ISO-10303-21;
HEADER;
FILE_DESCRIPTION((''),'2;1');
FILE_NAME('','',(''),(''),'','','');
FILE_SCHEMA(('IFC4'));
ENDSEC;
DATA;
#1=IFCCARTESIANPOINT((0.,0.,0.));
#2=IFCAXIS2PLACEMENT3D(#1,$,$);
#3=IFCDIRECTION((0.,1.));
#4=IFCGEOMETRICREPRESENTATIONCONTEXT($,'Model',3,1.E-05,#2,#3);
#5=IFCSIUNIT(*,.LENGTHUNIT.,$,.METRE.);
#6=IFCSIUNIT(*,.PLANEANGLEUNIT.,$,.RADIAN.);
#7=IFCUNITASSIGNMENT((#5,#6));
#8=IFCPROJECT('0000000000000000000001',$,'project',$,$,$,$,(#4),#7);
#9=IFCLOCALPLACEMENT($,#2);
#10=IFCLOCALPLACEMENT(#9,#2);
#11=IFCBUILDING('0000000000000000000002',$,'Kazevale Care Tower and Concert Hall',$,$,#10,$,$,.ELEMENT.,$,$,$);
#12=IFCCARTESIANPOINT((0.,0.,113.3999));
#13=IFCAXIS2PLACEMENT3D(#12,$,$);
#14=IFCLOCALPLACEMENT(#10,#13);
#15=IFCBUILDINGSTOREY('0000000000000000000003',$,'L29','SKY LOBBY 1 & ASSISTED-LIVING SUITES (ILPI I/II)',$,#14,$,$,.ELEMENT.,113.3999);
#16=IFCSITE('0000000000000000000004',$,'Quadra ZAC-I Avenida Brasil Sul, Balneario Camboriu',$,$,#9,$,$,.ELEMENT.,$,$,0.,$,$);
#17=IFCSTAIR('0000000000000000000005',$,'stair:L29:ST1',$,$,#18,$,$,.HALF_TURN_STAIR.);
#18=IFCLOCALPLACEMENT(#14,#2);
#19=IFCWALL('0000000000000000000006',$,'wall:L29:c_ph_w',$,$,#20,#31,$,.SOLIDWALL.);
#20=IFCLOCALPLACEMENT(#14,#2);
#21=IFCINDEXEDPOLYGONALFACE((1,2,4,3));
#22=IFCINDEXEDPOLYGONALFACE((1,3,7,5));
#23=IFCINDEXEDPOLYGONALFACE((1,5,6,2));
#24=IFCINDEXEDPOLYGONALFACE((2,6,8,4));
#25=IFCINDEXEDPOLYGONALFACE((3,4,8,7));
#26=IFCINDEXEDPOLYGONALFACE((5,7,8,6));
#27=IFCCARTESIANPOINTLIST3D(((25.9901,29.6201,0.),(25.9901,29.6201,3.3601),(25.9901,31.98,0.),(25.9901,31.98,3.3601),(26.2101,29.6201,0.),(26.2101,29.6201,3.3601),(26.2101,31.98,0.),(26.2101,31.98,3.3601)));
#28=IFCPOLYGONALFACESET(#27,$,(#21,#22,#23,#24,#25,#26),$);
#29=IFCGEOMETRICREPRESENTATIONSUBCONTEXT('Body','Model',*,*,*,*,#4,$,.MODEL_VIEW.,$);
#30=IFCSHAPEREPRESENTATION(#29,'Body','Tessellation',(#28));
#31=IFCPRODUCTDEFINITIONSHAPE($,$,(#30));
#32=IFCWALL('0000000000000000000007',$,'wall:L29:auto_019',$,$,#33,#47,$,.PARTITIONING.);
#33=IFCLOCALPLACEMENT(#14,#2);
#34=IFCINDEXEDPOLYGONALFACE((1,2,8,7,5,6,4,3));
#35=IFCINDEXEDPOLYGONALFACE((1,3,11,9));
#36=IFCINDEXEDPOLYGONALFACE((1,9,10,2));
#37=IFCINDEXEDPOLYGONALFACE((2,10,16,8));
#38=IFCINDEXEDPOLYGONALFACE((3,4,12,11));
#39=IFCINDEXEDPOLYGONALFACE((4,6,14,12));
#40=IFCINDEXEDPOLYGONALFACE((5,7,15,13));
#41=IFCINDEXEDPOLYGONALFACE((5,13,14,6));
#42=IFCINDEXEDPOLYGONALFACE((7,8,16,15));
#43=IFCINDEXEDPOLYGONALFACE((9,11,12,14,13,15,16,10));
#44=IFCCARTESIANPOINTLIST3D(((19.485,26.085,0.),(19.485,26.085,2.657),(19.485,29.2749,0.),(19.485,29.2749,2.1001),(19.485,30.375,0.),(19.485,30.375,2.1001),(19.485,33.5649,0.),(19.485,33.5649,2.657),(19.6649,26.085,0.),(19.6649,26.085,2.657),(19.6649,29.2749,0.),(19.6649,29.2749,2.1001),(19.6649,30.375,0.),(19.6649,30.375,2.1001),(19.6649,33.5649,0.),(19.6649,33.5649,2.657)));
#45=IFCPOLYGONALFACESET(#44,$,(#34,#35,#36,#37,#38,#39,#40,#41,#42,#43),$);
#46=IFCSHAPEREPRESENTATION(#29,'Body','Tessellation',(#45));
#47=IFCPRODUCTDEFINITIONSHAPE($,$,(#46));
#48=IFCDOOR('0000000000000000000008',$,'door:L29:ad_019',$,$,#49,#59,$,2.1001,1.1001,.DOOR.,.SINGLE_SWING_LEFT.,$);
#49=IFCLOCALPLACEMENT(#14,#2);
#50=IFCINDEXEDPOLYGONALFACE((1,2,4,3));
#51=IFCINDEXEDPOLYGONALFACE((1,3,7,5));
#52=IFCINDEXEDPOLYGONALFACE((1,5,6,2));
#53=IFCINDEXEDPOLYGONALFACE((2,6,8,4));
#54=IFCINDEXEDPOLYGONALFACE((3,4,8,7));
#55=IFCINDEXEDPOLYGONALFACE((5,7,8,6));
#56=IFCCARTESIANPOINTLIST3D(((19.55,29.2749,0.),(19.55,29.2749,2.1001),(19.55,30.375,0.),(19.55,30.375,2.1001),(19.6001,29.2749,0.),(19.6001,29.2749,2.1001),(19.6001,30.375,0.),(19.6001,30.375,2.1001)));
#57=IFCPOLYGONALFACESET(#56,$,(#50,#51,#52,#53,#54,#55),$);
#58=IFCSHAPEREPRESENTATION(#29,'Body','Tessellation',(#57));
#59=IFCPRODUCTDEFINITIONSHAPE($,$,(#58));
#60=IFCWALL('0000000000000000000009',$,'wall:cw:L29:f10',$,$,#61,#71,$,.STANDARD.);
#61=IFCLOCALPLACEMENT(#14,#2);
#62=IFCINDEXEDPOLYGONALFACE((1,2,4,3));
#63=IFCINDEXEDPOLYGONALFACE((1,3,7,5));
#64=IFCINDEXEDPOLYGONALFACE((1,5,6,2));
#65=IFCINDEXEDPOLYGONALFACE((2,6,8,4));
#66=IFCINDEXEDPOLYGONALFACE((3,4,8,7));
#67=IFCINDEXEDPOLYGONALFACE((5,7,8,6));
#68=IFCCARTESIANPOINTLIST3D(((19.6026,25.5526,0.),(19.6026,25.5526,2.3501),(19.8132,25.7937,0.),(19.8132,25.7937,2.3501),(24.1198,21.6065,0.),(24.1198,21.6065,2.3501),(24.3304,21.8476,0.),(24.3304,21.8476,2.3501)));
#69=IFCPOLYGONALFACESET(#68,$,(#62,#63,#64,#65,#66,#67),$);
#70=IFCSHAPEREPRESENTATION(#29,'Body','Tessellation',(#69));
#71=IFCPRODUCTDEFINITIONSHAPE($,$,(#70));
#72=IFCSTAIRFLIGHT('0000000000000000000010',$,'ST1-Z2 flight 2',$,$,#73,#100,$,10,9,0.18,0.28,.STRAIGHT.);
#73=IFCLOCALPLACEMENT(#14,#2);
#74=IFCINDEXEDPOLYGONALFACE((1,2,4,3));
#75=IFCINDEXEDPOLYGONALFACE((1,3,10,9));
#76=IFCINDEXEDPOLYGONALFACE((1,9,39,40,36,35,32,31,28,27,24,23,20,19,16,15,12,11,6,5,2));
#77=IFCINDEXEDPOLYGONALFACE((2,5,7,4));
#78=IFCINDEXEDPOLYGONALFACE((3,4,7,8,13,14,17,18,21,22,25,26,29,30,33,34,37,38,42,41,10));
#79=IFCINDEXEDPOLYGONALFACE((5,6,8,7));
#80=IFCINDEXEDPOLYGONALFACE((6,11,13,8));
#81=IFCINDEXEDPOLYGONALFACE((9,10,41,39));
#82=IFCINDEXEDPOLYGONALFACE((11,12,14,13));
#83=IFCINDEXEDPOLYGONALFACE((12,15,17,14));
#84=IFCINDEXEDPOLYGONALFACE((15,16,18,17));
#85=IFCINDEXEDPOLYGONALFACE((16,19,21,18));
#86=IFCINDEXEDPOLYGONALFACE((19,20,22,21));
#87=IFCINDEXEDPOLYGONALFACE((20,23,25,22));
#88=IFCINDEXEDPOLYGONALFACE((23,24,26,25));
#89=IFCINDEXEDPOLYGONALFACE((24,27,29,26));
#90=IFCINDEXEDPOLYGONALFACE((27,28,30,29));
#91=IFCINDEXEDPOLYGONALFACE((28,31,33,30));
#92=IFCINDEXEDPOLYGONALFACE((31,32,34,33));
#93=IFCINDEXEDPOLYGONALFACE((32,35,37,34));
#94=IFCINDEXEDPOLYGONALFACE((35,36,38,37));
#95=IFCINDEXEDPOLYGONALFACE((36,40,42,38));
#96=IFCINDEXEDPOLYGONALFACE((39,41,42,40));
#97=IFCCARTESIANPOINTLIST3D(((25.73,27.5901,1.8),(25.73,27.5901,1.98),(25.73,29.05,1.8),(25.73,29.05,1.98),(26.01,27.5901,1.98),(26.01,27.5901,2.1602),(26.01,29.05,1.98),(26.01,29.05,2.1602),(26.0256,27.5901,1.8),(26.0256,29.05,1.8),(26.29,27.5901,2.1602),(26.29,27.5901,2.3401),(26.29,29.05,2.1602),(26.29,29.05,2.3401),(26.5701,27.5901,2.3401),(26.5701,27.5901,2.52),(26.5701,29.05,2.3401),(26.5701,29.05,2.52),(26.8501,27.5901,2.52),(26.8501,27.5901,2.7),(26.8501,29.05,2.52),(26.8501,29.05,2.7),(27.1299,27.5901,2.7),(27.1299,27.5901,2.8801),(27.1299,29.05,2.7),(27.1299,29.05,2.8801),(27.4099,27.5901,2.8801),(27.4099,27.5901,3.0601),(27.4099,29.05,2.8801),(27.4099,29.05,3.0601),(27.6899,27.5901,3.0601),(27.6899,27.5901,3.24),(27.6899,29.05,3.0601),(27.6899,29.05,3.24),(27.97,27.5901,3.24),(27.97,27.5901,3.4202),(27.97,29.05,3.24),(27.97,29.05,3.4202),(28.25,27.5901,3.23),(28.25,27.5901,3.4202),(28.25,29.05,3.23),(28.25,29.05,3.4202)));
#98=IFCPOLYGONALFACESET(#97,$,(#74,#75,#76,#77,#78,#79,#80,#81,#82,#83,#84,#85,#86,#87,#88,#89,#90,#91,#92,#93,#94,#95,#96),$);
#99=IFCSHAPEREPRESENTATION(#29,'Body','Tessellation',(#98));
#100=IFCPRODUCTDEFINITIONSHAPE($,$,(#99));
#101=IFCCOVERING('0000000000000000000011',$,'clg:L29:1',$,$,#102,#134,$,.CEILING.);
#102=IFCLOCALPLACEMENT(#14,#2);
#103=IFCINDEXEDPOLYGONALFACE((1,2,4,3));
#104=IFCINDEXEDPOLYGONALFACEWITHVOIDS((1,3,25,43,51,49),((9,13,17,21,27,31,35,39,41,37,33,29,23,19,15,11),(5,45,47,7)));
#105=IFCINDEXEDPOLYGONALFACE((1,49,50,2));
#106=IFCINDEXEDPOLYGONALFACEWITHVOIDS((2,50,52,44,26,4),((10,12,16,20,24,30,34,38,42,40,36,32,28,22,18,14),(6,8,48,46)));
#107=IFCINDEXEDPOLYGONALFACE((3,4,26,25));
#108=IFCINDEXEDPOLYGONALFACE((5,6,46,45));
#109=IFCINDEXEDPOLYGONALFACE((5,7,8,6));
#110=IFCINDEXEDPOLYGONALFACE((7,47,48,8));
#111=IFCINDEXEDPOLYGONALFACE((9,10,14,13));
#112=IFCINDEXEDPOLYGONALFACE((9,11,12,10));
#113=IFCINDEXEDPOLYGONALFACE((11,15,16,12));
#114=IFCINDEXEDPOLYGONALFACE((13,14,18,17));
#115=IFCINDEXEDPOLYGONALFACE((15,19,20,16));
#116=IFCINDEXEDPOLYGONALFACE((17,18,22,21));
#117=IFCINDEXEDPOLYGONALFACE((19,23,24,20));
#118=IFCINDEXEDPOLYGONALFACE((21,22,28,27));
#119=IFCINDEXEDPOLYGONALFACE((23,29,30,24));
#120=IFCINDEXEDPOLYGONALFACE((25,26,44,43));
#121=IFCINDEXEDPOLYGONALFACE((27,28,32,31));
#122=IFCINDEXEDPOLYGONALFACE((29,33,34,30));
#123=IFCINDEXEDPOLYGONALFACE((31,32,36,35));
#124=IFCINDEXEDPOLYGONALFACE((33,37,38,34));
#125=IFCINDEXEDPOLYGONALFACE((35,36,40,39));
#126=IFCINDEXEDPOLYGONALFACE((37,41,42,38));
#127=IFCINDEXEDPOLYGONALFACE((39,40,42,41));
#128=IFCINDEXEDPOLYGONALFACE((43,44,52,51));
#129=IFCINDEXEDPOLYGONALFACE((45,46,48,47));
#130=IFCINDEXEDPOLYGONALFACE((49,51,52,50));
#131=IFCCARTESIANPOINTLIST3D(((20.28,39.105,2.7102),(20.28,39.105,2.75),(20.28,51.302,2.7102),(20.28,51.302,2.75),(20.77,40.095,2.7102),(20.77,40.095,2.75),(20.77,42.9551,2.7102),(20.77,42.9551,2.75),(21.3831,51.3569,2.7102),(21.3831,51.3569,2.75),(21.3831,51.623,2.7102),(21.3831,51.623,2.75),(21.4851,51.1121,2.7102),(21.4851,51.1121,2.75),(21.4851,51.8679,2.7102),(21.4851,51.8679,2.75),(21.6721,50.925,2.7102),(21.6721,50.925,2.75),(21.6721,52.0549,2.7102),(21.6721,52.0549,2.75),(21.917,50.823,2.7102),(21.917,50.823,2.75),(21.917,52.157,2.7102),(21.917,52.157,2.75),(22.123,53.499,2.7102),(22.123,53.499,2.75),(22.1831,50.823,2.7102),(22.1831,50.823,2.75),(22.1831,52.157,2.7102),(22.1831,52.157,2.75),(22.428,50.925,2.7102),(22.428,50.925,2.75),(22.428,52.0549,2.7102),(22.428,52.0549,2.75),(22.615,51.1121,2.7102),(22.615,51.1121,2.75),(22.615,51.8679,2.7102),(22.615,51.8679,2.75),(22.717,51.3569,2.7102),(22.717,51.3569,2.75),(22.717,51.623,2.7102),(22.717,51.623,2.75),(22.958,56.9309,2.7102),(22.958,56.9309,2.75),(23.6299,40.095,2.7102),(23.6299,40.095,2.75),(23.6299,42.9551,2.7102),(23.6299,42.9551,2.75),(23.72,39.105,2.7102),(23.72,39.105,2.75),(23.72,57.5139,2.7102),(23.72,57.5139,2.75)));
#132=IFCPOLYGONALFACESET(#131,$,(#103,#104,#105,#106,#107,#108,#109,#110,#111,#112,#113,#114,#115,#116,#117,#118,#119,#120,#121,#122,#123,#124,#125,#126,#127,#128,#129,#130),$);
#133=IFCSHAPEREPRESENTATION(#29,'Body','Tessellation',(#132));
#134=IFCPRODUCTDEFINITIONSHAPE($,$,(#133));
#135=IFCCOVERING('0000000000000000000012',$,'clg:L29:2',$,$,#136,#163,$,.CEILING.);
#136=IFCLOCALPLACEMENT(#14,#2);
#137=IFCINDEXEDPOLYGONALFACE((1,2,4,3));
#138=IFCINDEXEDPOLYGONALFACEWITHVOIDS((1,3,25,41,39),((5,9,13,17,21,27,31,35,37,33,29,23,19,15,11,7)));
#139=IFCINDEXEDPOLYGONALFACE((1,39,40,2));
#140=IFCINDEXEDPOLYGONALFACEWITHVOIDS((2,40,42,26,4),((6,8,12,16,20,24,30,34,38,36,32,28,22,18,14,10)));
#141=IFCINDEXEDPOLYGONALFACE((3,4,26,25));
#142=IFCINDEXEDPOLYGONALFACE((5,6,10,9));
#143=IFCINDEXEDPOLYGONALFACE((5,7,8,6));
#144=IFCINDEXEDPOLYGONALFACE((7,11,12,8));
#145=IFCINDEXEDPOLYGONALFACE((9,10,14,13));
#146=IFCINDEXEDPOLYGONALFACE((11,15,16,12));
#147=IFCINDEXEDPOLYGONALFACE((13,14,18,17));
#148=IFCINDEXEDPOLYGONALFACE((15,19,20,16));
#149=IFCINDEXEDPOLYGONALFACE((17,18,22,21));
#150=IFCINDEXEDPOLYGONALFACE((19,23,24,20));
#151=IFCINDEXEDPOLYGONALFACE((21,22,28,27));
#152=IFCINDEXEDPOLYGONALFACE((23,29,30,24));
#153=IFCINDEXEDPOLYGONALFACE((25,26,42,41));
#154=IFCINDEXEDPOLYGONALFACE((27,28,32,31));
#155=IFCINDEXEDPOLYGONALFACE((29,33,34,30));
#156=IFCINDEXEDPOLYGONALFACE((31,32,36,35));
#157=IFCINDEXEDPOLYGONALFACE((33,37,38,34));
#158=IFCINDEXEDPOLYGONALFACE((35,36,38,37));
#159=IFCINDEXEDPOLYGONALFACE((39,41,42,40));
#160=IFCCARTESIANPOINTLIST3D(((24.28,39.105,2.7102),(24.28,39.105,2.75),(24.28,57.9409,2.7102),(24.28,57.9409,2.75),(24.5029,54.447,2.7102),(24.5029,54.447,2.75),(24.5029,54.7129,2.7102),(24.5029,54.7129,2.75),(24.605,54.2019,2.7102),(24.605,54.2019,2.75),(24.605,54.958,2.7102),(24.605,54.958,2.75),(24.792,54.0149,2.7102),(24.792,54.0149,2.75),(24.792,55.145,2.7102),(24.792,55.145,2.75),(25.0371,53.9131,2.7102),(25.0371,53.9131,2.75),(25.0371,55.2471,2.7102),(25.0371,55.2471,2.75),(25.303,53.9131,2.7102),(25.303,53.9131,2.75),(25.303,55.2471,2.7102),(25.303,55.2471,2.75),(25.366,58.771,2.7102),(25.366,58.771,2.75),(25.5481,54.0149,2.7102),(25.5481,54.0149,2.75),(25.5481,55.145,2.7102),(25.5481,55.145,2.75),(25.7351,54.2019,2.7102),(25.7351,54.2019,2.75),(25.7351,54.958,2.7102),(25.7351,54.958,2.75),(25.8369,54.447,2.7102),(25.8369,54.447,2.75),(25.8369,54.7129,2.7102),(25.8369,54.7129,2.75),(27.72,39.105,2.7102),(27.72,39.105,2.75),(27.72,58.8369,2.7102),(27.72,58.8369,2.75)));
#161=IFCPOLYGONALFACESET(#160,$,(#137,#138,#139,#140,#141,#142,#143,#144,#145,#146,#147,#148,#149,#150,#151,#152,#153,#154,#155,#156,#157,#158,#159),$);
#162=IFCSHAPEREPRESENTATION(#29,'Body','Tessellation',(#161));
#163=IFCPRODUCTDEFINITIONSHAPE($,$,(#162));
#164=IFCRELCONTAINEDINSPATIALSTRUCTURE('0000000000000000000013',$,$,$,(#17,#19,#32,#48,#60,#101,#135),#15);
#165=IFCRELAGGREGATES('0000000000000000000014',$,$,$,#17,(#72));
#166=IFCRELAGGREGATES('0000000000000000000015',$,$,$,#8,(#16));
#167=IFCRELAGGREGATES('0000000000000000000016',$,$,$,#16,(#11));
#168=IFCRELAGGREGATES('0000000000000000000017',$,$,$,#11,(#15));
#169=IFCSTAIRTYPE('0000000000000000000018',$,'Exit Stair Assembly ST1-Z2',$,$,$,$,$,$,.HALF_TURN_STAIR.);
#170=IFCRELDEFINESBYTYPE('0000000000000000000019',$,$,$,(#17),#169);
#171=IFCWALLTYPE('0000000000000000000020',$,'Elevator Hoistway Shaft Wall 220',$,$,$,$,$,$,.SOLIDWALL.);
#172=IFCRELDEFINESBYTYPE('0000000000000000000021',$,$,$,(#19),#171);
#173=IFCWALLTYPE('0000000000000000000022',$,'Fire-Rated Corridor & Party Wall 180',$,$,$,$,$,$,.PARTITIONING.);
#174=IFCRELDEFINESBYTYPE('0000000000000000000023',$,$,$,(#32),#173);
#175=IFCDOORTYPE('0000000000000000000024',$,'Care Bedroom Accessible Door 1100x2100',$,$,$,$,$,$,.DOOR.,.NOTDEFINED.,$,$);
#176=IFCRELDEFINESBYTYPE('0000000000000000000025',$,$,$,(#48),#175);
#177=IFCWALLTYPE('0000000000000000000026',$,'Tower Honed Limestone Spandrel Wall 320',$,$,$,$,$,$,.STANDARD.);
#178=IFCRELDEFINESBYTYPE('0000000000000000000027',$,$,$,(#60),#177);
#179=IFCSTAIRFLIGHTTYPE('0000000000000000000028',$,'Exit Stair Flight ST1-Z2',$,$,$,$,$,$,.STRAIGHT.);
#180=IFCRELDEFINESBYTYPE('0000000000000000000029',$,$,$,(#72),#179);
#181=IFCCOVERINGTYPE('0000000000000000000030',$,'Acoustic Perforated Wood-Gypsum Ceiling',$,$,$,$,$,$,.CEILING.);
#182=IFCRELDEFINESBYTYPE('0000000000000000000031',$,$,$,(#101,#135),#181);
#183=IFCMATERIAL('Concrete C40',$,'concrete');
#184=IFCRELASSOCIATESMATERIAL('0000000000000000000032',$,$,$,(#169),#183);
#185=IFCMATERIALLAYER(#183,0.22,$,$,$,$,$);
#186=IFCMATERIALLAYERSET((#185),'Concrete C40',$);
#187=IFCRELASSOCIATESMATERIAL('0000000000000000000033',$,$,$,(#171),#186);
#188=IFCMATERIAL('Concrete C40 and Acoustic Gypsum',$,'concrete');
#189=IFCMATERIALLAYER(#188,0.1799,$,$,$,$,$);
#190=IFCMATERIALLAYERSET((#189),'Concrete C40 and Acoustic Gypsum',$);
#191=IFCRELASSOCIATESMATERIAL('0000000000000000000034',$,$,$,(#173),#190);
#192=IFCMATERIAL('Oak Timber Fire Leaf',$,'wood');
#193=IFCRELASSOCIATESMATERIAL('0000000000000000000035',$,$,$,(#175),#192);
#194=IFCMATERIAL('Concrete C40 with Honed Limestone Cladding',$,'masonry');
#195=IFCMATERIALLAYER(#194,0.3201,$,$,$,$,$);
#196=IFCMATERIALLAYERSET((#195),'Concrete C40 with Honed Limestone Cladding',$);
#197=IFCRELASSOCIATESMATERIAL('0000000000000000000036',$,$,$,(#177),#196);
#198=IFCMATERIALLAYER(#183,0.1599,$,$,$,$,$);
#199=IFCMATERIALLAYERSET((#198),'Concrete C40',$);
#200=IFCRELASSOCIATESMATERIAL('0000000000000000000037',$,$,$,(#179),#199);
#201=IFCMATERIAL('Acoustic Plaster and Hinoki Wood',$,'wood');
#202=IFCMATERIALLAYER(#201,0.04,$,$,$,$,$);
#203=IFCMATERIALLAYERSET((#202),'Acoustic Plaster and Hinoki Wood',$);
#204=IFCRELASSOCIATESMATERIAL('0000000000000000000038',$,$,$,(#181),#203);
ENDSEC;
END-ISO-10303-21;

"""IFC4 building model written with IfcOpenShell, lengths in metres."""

from ifc_helpers import new_model, si_unit, direction, frame, frame_2d, origin, place, context, subcontext, project, spatial, polyline, rectangle, outline, extrude, material, layer, layer_set, type_object, element, fill, aggregate, save


model = new_model("IFC4")

# Units and contexts
model_context = context("Model", 3, precision=1e-05, world=origin(), true_north=direction((0.0, 1.0)))
body_context = subcontext(model_context, "Body", "Model", "MODEL_VIEW")
ifc_project = project(units=[si_unit("LENGTHUNIT", "METRE"), si_unit("PLANEANGLEUNIT", "RADIAN")], contexts=[model_context])

# Site, building, storey
site_placement = place(None, origin())
site = spatial("IfcSite", under=ifc_project, at=site_placement, Name="Quadra ZAC-I Avenida Brasil Sul, Balneario Camboriu", CompositionType="ELEMENT", RefElevation=0.0)
building_placement = place(site_placement, origin())
building = spatial("IfcBuilding", under=site, at=building_placement, Name="Kazevale Care Tower and Concert Hall", CompositionType="ELEMENT")
storey_placement = place(building_placement, frame((0.0, 0.0, 113.3999)))
storey = spatial("IfcBuildingStorey", under=building, at=storey_placement, Name="L29", Description="SKY LOBBY 1 & ASSISTED-LIVING SUITES (ILPI I/II)", CompositionType="ELEMENT", Elevation=113.3999)

# Shared definitions
ifc_material_1 = material(Name="Concrete C40", Category="concrete")

# Stair
stair_type = type_object("IfcStairType", Name="Exit Stair Assembly ST1-Z2", PredefinedType="HALF_TURN_STAIR", material=ifc_material_1)
stair_1_placement = place(storey_placement, origin())
stair_1 = element("IfcStair", 1, at=stair_1_placement, inside=storey, type_object=stair_type, Name="stair:L29:ST1", PredefinedType="HALF_TURN_STAIR")

# Wall
ifc_layer_1 = layer(ifc_material_1, 0.22)
ifc_layer_set_1 = layer_set([ifc_layer_1], Name="Concrete C40")
wall_type_1 = type_object("IfcWallType", Name="Elevator Hoistway Shaft Wall 220", PredefinedType="SOLIDWALL", material=ifc_layer_set_1)
wall_1_placement = place(storey_placement, frame((26.1001, 29.6201, 0.0), z_axis=(0.0, 0.0, 1.0), x_axis=(0.0, 1.0, 0.0)))
element("IfcWall", 2, at=wall_1_placement, inside=storey, type_object=wall_type_1, Name="wall:L29:c_ph_w", PredefinedType="SOLIDWALL", context=body_context, shape_type="SweptSolid", body=[
    extrude(rectangle(XDim=2.3599, YDim=0.22, at=frame_2d((1.1799, 0.0))), origin(), (0.0, 0.0, 1.0), 3.3601),
])

# Wall, opening, door
ifc_material_2 = material(Name="Concrete C40 and Acoustic Gypsum", Category="concrete")
ifc_layer_2 = layer(ifc_material_2, 0.1799)
ifc_layer_set_2 = layer_set([ifc_layer_2], Name="Concrete C40 and Acoustic Gypsum")
wall_type_2 = type_object("IfcWallType", Name="Fire-Rated Corridor & Party Wall 180", PredefinedType="PARTITIONING", material=ifc_layer_set_2)
wall_2_placement = place(storey_placement, frame((19.575, 26.085, 0.0), z_axis=(0.0, 0.0, 1.0), x_axis=(0.0, 1.0, 0.0)))
wall_2 = element("IfcWall", 3, at=wall_2_placement, inside=storey, type_object=wall_type_2, Name="wall:L29:auto_019", PredefinedType="PARTITIONING", context=body_context, shape_type="SweptSolid", body=[
    extrude(rectangle(XDim=7.48, YDim=0.1799, at=frame_2d((3.74, 0.0))), origin(), (0.0, 0.0, 1.0), 2.657),
])
opening_1_placement = place(wall_2_placement, frame((3.1899, 0.0, 0.0)))
opening_1 = element("IfcOpeningElement", 4, at=opening_1_placement, cuts=wall_2, PredefinedType="OPENING", context=body_context, shape_type="SweptSolid", body=[
    extrude(rectangle(XDim=1.1001, YDim=2.1001, at=frame_2d((0.55, 1.05))), frame((0.0, 0.0999, 0.0), z_axis=(0.0, -1.0, 0.0), x_axis=(1.0, 0.0, 0.0)), (0.0, 0.0, 1.0), 0.2),
])
ifc_material_3 = material(Name="Oak Timber Fire Leaf", Category="wood")
door_type_1 = type_object("IfcDoorType", Name="Care Bedroom Accessible Door 1100x2100", OperationType="NOTDEFINED", PredefinedType="DOOR", material=ifc_material_3)
door_1_placement = place(opening_1_placement, origin())
door_1 = element("IfcDoor", 5, at=door_1_placement, inside=storey, type_object=door_type_1, Name="door:L29:ad_019", OperationType="SINGLE_SWING_LEFT", OverallHeight=2.1001, OverallWidth=1.1001, PredefinedType="DOOR", context=body_context, shape_type="SweptSolid", body=[
    extrude(rectangle(XDim=1.1001, YDim=2.1001, at=frame_2d((0.55, 1.05))), frame((0.0, 0.0249, 0.0), z_axis=(0.0, -1.0, 0.0), x_axis=(1.0, 0.0, 0.0)), (0.0, 0.0, 1.0), 0.05),
])
fill(opening_1, door_1)

# Wall
ifc_material_4 = material(Name="Concrete C40 with Honed Limestone Cladding", Category="masonry")
ifc_layer_3 = layer(ifc_material_4, 0.3201)
ifc_layer_set_3 = layer_set([ifc_layer_3], Name="Concrete C40 with Honed Limestone Cladding")
wall_type_3 = type_object("IfcWallType", Name="Tower Honed Limestone Spandrel Wall 320", PredefinedType="STANDARD", material=ifc_layer_set_3)
wall_3_placement = place(storey_placement, frame((24.2251, 21.7271, 0.0), z_axis=(0.0, 0.0, 1.0), x_axis=(-0.753106, 0.657899, 0.0)))
element("IfcWall", 6, at=wall_3_placement, inside=storey, type_object=wall_type_3, Name="wall:cw:L29:f10", PredefinedType="STANDARD", context=body_context, shape_type="SweptSolid", body=[
    extrude(rectangle(XDim=5.998, YDim=0.3201, at=frame_2d((2.999, 0.0))), origin(), (0.0, 0.0, 1.0), 2.3501),
])

# Stair flight
ifc_layer_4 = layer(ifc_material_1, 0.1599)
ifc_layer_set_4 = layer_set([ifc_layer_4], Name="Concrete C40")
stair_flight_type = type_object("IfcStairFlightType", Name="Exit Stair Flight ST1-Z2", PredefinedType="STRAIGHT", material=ifc_layer_set_4)
stair_flight_placement = place(storey_placement, frame((25.73, 28.3201, 1.8), z_axis=(0.0, 0.0, 1.0), x_axis=(1.0, 0.0, 0.0)))
stair_flight = element("IfcStairFlight", 7, at=stair_flight_placement, type_object=stair_flight_type, Name="ST1-Z2 flight 2", NumberOfRisers=10, NumberOfTreads=9, PredefinedType="STRAIGHT", RiserHeight=0.18, TreadLength=0.28, context=body_context, shape_type="SweptSolid", body=[
    extrude(outline(polyline([(0.0, 0.0), (0.0, 0.1799), (0.28, 0.1799), (0.28, 0.3601), (0.5601, 0.3601), (0.5601, 0.54), (0.8401, 0.54), (0.8401, 0.72), (1.1201, 0.72), (1.1201, 0.8999), (1.3999, 0.8999), (1.3999, 1.0801), (1.6799, 1.0801), (1.6799, 1.26), (1.96, 1.26), (1.96, 1.4399), (2.24, 1.4399), (2.24, 1.6201), (2.52, 1.6201), (2.52, 1.8), (2.52, 1.4299), (0.2957, 0.0), (0.0, 0.0)])), frame((0.0, 0.73, 0.0), z_axis=(0.0, -1.0, 0.0), x_axis=(1.0, 0.0, 0.0)), (0.0, 0.0, 1.0), 1.46),
])
aggregate(stair_1, [stair_flight])

# Coverings
ifc_material_5 = material(Name="Acoustic Plaster and Hinoki Wood", Category="wood")
ifc_layer_5 = layer(ifc_material_5, 0.04)
ifc_layer_set_5 = layer_set([ifc_layer_5], Name="Acoustic Plaster and Hinoki Wood")
covering_type = type_object("IfcCoveringType", Name="Acoustic Perforated Wood-Gypsum Ceiling", PredefinedType="CEILING", material=ifc_layer_set_5)
covering_1_placement = place(storey_placement, frame((0.0, 0.0, 2.7102)))
element("IfcCovering", 8, at=covering_1_placement, inside=storey, type_object=covering_type, Name="clg:L29:1", PredefinedType="CEILING", context=body_context, shape_type="SweptSolid", body=[
    extrude(outline(polyline([(23.72, 57.5139), (23.72, 39.105), (20.28, 39.105), (20.28, 51.302), (22.123, 53.499), (22.958, 56.9309), (23.72, 57.5139)]), holes=[polyline([(20.77, 42.9551), (20.77, 40.095), (23.6299, 40.095), (23.6299, 42.9551), (20.77, 42.9551)]), polyline([(22.717, 51.623), (22.615, 51.8679), (22.428, 52.0549), (22.1831, 52.157), (21.917, 52.157), (21.6721, 52.0549), (21.4851, 51.8679), (21.3831, 51.623), (21.3831, 51.3569), (21.4851, 51.1121), (21.6721, 50.925), (21.917, 50.823), (22.1831, 50.823), (22.428, 50.925), (22.615, 51.1121), (22.717, 51.3569), (22.717, 51.623)])]), origin(), (0.0, 0.0, 1.0), 0.0398),
])
covering_2_placement = place(storey_placement, frame((0.0, 0.0, 2.7102)))
element("IfcCovering", 9, at=covering_2_placement, inside=storey, type_object=covering_type, Name="clg:L29:2", PredefinedType="CEILING", context=body_context, shape_type="SweptSolid", body=[
    extrude(outline(polyline([(24.28, 39.105), (24.28, 57.9409), (25.366, 58.771), (27.72, 58.8369), (27.72, 39.105), (24.28, 39.105)]), holes=[polyline([(25.8369, 54.7129), (25.7351, 54.958), (25.5481, 55.145), (25.303, 55.2471), (25.0371, 55.2471), (24.792, 55.145), (24.605, 54.958), (24.5029, 54.7129), (24.5029, 54.447), (24.605, 54.2019), (24.792, 54.0149), (25.0371, 53.9131), (25.303, 53.9131), (25.5481, 54.0149), (25.7351, 54.2019), (25.8369, 54.447), (25.8369, 54.7129)])]), origin(), (0.0, 0.0, 1.0), 0.0398),
])

save(model, "model.ifc")
